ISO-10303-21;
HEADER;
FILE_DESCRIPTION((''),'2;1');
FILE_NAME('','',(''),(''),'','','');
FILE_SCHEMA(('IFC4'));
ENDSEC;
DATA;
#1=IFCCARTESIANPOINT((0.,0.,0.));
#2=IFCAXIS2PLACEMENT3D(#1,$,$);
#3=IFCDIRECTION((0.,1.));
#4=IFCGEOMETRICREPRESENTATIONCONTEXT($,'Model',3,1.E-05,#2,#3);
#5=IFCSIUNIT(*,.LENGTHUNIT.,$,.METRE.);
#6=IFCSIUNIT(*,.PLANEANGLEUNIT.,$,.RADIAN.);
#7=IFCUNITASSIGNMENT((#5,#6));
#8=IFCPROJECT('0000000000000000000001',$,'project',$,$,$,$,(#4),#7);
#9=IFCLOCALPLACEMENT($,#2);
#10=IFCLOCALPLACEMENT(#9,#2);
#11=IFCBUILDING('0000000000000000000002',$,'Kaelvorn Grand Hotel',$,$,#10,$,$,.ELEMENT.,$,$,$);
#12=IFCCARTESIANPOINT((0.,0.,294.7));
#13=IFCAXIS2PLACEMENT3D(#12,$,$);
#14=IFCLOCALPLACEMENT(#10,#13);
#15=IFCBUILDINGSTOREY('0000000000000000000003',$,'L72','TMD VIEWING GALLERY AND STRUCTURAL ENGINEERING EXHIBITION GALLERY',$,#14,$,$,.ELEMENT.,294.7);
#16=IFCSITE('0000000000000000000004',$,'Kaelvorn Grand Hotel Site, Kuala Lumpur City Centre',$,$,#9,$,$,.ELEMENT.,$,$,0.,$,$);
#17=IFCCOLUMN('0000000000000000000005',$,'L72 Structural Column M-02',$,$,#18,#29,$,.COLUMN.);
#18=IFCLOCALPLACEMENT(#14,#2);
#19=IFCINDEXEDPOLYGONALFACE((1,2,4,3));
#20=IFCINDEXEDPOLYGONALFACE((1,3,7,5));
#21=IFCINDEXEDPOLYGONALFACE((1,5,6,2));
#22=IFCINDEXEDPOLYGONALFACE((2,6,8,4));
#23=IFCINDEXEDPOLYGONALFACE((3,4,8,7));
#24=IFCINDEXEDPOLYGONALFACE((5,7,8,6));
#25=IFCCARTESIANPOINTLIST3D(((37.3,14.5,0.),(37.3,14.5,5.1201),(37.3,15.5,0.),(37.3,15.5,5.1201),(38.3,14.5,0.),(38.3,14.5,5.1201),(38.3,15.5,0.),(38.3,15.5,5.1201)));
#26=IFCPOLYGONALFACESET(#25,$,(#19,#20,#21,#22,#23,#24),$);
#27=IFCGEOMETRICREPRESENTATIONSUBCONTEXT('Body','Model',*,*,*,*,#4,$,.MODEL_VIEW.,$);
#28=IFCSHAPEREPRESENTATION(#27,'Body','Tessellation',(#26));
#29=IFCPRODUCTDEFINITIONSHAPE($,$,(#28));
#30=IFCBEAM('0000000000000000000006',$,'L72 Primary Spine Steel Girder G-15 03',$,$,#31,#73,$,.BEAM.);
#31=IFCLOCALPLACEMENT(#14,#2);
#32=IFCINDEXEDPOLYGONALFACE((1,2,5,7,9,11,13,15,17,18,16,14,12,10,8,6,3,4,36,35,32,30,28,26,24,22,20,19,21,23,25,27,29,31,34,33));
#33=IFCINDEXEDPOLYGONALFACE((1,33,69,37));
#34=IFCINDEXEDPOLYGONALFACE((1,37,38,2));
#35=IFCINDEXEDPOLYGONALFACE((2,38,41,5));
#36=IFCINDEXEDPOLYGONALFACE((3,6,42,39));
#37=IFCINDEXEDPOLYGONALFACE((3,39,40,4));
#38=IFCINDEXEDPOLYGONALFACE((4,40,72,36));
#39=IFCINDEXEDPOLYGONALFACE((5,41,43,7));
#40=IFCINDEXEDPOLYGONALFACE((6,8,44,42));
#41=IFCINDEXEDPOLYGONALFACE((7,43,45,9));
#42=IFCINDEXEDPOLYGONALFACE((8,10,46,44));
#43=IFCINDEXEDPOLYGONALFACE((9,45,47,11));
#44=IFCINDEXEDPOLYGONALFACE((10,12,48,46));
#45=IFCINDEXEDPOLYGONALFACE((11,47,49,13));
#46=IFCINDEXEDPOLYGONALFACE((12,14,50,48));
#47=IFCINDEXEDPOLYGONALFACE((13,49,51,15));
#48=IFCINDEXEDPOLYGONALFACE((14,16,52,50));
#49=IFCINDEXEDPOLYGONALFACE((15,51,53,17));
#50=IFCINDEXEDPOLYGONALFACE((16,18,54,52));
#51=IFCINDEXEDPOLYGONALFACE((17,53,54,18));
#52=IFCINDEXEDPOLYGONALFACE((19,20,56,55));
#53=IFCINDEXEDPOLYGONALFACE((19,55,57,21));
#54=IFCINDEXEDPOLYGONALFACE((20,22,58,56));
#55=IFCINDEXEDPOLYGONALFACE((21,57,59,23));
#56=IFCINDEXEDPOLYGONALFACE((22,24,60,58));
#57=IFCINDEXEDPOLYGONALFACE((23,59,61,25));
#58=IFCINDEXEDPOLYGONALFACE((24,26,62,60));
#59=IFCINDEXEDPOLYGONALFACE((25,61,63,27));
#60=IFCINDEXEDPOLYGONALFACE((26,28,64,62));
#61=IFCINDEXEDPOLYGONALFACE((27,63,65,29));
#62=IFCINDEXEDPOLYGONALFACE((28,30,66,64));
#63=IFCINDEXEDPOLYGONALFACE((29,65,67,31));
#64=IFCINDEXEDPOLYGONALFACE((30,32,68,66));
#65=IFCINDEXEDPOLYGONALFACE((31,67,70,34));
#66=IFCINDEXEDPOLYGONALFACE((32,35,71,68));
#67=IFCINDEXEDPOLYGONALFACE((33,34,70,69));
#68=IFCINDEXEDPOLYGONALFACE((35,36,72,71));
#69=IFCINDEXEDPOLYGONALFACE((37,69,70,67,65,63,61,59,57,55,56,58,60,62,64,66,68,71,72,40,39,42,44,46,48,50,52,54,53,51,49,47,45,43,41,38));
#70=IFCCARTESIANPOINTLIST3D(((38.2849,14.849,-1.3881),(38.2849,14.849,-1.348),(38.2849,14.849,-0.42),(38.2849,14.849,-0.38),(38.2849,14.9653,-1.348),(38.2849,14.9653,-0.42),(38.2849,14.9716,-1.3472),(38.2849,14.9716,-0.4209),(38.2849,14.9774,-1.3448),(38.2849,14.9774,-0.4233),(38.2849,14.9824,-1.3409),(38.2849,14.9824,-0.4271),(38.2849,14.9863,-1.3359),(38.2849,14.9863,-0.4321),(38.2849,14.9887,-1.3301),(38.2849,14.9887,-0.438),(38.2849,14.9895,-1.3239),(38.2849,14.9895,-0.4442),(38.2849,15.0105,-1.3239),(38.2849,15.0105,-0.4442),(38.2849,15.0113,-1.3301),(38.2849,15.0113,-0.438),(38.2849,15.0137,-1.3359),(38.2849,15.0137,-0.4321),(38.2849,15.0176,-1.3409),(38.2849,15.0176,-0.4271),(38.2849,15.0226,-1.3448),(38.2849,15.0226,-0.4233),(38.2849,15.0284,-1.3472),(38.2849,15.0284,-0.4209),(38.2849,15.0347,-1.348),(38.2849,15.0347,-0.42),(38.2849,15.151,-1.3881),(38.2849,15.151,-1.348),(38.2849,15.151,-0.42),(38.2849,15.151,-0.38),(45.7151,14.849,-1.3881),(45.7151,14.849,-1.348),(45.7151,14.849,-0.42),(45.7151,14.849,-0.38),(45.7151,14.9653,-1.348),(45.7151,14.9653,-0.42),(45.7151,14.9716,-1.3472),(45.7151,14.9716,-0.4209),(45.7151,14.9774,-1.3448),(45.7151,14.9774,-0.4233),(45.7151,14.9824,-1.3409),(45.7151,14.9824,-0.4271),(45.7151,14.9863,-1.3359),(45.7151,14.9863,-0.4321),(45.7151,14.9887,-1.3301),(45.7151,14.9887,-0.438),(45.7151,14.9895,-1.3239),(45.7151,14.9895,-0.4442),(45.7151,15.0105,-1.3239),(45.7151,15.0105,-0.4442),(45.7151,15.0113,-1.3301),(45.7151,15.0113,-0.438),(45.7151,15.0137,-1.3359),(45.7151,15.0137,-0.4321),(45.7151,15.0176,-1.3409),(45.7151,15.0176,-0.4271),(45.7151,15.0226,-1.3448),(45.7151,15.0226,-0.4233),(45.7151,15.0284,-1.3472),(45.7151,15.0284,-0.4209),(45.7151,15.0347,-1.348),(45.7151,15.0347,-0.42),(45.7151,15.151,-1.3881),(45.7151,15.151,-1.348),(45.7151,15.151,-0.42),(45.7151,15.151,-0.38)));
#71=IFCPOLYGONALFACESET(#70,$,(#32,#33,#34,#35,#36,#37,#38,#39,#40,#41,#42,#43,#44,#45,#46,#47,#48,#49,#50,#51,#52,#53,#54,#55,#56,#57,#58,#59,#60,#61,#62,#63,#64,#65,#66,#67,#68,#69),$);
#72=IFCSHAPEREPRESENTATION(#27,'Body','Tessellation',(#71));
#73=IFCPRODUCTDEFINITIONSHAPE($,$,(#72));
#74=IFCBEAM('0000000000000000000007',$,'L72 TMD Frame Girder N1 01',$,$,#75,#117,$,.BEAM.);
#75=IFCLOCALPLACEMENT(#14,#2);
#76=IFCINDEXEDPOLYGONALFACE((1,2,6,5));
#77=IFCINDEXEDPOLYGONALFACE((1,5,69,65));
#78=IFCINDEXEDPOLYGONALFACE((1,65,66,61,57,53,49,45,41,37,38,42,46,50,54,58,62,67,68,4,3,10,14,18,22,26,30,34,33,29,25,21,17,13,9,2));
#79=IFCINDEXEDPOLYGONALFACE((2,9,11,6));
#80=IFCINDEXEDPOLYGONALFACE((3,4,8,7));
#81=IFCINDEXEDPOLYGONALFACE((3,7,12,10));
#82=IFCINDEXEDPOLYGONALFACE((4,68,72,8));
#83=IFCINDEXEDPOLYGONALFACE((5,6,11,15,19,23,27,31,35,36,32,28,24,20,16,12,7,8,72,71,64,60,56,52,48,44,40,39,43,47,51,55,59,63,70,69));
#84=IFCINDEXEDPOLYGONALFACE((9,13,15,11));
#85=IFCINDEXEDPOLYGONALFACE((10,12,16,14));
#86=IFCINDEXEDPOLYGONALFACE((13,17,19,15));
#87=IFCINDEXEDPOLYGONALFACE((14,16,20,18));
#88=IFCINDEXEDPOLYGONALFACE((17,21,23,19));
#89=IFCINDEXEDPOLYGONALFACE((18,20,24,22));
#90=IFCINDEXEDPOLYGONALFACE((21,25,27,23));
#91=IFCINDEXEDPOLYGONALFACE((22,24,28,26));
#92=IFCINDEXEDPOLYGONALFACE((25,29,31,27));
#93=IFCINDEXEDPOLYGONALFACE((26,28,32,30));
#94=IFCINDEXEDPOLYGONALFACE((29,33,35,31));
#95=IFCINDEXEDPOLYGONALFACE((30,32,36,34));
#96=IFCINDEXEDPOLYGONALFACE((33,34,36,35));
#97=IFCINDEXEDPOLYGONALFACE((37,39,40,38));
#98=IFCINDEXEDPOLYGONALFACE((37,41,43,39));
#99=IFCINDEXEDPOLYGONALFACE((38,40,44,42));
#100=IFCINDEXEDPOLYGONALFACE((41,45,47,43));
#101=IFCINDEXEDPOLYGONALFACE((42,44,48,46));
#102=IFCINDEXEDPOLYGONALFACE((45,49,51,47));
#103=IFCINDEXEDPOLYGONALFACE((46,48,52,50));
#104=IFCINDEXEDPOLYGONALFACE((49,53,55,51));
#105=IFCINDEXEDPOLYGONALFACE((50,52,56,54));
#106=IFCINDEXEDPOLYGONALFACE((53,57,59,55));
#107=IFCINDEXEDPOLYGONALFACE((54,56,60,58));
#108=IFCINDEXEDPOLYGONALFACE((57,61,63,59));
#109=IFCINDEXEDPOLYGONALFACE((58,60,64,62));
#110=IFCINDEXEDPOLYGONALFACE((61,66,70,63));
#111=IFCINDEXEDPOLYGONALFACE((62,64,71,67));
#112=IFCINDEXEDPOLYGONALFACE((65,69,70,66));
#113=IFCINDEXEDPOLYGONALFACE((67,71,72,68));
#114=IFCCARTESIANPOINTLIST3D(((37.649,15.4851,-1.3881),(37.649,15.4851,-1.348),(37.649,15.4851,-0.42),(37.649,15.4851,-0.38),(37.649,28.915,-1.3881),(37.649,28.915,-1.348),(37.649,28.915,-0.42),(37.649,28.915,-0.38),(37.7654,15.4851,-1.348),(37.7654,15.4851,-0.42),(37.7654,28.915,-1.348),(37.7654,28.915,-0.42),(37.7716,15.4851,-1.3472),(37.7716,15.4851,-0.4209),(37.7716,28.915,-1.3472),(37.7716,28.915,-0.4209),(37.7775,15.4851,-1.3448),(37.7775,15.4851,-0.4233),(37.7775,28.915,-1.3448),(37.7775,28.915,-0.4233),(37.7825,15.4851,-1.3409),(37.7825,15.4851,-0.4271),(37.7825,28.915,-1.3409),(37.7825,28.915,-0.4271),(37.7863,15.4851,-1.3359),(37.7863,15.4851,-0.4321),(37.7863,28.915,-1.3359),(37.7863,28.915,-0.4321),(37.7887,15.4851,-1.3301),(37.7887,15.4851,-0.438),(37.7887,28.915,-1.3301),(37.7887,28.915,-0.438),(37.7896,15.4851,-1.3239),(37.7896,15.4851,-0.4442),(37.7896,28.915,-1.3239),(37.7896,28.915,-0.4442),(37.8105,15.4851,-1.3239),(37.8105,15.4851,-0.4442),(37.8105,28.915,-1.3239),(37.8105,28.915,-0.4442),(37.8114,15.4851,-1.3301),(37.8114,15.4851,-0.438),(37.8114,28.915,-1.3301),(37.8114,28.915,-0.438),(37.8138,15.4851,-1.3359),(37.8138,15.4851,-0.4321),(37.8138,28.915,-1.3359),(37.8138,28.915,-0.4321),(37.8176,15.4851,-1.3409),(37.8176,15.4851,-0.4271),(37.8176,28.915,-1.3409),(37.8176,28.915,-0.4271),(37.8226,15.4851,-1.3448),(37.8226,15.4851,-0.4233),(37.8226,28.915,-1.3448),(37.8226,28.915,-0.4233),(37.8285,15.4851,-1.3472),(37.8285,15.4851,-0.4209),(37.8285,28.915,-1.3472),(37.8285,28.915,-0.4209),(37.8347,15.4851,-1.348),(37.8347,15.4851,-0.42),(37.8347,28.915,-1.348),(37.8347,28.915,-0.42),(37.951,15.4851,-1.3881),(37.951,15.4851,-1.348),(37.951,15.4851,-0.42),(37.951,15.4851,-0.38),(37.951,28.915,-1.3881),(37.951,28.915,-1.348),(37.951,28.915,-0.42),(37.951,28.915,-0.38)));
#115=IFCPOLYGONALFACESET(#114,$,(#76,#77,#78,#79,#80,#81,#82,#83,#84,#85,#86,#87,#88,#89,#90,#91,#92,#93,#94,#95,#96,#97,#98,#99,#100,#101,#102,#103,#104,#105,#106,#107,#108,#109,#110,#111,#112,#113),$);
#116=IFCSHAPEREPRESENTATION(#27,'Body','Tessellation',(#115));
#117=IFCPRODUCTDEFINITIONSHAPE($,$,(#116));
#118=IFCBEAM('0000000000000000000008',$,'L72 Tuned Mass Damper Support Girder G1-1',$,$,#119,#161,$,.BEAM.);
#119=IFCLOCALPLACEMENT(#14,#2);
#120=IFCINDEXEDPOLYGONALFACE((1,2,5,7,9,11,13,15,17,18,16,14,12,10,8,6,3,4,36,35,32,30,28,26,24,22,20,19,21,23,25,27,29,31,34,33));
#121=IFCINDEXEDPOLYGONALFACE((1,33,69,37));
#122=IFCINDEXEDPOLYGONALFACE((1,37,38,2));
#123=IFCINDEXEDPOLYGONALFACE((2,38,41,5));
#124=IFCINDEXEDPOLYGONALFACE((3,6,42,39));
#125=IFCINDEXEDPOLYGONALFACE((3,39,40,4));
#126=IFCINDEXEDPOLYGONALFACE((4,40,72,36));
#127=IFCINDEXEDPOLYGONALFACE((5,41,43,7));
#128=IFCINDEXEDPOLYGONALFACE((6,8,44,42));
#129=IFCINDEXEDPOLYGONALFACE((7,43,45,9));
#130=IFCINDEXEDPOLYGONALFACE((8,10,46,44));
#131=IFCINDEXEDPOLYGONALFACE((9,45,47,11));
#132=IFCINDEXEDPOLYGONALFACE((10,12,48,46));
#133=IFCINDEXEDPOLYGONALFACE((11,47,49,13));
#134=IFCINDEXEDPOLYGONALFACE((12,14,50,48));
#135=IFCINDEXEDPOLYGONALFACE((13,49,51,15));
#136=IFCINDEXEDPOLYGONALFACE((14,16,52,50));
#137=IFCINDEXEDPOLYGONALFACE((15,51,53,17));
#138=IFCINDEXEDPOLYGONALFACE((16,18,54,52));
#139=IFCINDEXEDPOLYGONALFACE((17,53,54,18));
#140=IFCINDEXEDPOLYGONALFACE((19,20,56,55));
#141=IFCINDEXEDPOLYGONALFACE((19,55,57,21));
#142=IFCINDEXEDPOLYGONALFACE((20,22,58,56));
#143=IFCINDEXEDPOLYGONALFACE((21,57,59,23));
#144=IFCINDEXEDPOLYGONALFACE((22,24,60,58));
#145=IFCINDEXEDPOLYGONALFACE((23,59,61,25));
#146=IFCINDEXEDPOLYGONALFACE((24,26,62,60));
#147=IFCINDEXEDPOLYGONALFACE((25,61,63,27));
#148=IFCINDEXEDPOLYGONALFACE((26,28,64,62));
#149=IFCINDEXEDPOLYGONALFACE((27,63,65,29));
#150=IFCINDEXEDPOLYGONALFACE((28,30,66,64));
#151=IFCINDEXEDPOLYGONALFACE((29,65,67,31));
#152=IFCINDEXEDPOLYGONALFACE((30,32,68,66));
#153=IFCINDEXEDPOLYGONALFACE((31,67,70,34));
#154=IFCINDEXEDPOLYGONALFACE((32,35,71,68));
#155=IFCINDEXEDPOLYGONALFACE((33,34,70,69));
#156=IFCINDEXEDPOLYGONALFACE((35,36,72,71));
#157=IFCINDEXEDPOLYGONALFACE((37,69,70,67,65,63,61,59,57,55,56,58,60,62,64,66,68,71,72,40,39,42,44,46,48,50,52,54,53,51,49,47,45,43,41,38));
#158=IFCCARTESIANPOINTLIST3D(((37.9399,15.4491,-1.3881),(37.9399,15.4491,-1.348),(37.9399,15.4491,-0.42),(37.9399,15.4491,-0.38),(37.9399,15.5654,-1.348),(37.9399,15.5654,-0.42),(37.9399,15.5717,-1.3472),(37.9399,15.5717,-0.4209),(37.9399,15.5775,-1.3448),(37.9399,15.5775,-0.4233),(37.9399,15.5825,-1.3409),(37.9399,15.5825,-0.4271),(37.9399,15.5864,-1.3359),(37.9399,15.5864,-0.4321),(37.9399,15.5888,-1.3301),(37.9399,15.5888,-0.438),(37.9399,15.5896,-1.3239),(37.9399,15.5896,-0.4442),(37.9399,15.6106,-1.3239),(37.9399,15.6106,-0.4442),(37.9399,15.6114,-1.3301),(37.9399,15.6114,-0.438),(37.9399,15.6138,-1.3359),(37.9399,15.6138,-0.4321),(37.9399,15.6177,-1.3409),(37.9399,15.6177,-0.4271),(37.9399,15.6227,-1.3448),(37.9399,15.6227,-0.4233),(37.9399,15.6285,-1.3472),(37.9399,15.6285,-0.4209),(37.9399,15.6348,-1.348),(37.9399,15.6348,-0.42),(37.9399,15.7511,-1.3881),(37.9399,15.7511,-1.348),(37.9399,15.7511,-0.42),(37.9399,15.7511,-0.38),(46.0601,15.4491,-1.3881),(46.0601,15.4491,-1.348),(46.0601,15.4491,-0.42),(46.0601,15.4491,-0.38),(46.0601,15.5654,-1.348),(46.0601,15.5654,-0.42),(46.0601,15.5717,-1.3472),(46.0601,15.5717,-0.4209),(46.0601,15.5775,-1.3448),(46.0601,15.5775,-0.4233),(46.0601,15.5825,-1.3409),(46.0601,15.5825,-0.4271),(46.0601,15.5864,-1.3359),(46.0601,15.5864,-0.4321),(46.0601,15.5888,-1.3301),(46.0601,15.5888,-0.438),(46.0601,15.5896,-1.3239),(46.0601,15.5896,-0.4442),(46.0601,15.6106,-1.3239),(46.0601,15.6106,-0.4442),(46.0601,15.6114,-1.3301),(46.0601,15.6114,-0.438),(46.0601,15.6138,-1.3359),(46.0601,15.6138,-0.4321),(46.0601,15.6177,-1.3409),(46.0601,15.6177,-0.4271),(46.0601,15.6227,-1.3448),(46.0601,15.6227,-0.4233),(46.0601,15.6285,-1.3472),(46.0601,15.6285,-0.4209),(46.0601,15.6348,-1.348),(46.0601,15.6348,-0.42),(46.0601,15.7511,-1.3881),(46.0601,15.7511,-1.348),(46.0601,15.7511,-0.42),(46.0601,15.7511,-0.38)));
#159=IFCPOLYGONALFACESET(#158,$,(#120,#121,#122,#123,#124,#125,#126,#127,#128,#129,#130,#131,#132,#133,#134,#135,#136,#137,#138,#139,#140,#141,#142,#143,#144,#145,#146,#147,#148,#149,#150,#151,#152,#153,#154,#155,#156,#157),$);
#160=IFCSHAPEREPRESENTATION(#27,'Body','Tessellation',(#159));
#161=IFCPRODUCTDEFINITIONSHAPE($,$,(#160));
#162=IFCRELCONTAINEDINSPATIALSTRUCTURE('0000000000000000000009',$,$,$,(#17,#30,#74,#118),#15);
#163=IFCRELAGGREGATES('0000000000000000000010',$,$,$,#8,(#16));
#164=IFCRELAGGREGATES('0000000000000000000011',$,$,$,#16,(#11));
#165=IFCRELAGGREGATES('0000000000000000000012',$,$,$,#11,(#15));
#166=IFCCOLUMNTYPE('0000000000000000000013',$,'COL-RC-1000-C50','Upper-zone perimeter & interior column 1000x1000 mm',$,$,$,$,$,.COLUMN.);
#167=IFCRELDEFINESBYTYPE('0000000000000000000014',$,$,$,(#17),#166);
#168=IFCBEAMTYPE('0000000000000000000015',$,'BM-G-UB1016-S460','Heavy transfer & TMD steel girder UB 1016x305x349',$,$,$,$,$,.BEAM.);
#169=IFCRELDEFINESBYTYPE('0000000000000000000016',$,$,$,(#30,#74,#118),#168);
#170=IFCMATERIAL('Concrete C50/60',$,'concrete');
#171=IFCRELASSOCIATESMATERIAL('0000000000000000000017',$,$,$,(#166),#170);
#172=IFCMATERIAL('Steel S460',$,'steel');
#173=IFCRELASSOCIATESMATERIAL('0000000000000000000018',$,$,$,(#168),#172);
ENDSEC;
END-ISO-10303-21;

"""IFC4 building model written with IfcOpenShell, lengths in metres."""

from ifc_helpers import new_model, si_unit, direction, frame, origin, origin_2d, place, context, subcontext, project, spatial, rectangle, i_section, extrude, material, material_profile, profile_set, type_object, element, save


model = new_model("IFC4")

# Units and contexts
model_context = context("Model", 3, precision=1e-05, world=origin(), true_north=direction((0.0, 1.0)))
body_context = subcontext(model_context, "Body", "Model", "MODEL_VIEW")
ifc_project = project(units=[si_unit("LENGTHUNIT", "METRE"), si_unit("PLANEANGLEUNIT", "RADIAN")], contexts=[model_context])

# Site, building, storey
site_placement = place(None, origin())
site = spatial("IfcSite", under=ifc_project, at=site_placement, Name="Kaelvorn Grand Hotel Site, Kuala Lumpur City Centre", CompositionType="ELEMENT", RefElevation=0.0)
building_placement = place(site_placement, origin())
building = spatial("IfcBuilding", under=site, at=building_placement, Name="Kaelvorn Grand Hotel", CompositionType="ELEMENT")
storey_placement = place(building_placement, frame((0.0, 0.0, 294.7)))
storey = spatial("IfcBuildingStorey", under=building, at=storey_placement, Name="L72", Description="TMD VIEWING GALLERY AND STRUCTURAL ENGINEERING EXHIBITION GALLERY", CompositionType="ELEMENT", Elevation=294.7)

# Column
ifc_material_1 = material(Name="Concrete C50/60", Category="concrete")
ifc_material_profile_1 = material_profile(ifc_material_1, rectangle(XDim=1.0, YDim=1.0, at=origin_2d()), Name="RC COL 1000x1000")
ifc_profile_set_1 = profile_set([ifc_material_profile_1], Name="Concrete C50/60")
column_type = type_object("IfcColumnType", Name="COL-RC-1000-C50", Description="Upper-zone perimeter & interior column 1000x1000 mm", PredefinedType="COLUMN", material=ifc_profile_set_1)
column_placement = place(storey_placement, frame((37.8, 15.0, 0.0), z_axis=(0.0, 0.0, 1.0), x_axis=(1.0, 0.0, 0.0)))
element("IfcColumn", 1, at=column_placement, inside=storey, type_object=column_type, Name="L72 Structural Column M-02", PredefinedType="COLUMN", context=body_context, shape_type="SweptSolid", body=[
    extrude(rectangle(XDim=1.0, YDim=1.0, at=origin_2d()), origin(), (0.0, 0.0, 1.0), 5.1201),
])

# Beams
ifc_material_2 = material(Name="Steel S460", Category="steel")
ifc_material_profile_2 = material_profile(ifc_material_2, i_section(OverallWidth=0.302, OverallDepth=1.0081, WebThickness=0.021, FlangeThickness=0.04, FilletRadius=0.0242, at=origin_2d()), Name="UB 1016x305x349")
ifc_profile_set_2 = profile_set([ifc_material_profile_2], Name="Steel S460")
beam_type_1 = type_object("IfcBeamType", Name="BM-G-UB1016-S460", Description="Heavy transfer & TMD steel girder UB 1016x305x349", PredefinedType="BEAM", material=ifc_profile_set_2)
beam_1_placement = place(storey_placement, frame((38.2849, 15.0, -0.884), z_axis=(1.0, 0.0, 0.0), x_axis=(0.0, 1.0, 0.0)))
element("IfcBeam", 2, at=beam_1_placement, inside=storey, type_object=beam_type_1, Name="L72 Primary Spine Steel Girder G-15 03", PredefinedType="BEAM", context=body_context, shape_type="SweptSolid", body=[
    extrude(i_section(OverallWidth=0.302, OverallDepth=1.0081, WebThickness=0.021, FlangeThickness=0.04, FilletRadius=0.0242, at=origin_2d()), origin(), (0.0, 0.0, 1.0), 7.4302),
])
beam_2_placement = place(storey_placement, frame((37.8, 15.4851, -0.884), z_axis=(0.0, 1.0, 0.0), x_axis=(-1.0, 0.0, 0.0)))
element("IfcBeam", 3, at=beam_2_placement, inside=storey, type_object=beam_type_1, Name="L72 TMD Frame Girder N1 01", PredefinedType="BEAM", context=body_context, shape_type="SweptSolid", body=[
    extrude(i_section(OverallWidth=0.302, OverallDepth=1.0081, WebThickness=0.021, FlangeThickness=0.04, FilletRadius=0.0242, at=origin_2d()), origin(), (0.0, 0.0, 1.0), 13.4299),
])
for number, where, z_axis, x_axis, name in (
    (4, (37.9399, 15.6001, -0.884), (1.0, 0.0, 0.0), (0.0, 1.0, 0.0), "L72 Tuned Mass Damper Support Girder G1-1"),
):
    element("IfcBeam", number, at=place(storey_placement, frame(where, z_axis=z_axis, x_axis=x_axis)), inside=storey, type_object=beam_type_1, Name=name, PredefinedType="BEAM", context=body_context, shape_type="SweptSolid", body=[
        extrude(i_section(OverallWidth=0.302, OverallDepth=1.0081, WebThickness=0.021, FlangeThickness=0.04, FilletRadius=0.0242, at=origin_2d()), origin(), (0.0, 0.0, 1.0), 8.1201),
    ])

save(model, "model.ifc")
